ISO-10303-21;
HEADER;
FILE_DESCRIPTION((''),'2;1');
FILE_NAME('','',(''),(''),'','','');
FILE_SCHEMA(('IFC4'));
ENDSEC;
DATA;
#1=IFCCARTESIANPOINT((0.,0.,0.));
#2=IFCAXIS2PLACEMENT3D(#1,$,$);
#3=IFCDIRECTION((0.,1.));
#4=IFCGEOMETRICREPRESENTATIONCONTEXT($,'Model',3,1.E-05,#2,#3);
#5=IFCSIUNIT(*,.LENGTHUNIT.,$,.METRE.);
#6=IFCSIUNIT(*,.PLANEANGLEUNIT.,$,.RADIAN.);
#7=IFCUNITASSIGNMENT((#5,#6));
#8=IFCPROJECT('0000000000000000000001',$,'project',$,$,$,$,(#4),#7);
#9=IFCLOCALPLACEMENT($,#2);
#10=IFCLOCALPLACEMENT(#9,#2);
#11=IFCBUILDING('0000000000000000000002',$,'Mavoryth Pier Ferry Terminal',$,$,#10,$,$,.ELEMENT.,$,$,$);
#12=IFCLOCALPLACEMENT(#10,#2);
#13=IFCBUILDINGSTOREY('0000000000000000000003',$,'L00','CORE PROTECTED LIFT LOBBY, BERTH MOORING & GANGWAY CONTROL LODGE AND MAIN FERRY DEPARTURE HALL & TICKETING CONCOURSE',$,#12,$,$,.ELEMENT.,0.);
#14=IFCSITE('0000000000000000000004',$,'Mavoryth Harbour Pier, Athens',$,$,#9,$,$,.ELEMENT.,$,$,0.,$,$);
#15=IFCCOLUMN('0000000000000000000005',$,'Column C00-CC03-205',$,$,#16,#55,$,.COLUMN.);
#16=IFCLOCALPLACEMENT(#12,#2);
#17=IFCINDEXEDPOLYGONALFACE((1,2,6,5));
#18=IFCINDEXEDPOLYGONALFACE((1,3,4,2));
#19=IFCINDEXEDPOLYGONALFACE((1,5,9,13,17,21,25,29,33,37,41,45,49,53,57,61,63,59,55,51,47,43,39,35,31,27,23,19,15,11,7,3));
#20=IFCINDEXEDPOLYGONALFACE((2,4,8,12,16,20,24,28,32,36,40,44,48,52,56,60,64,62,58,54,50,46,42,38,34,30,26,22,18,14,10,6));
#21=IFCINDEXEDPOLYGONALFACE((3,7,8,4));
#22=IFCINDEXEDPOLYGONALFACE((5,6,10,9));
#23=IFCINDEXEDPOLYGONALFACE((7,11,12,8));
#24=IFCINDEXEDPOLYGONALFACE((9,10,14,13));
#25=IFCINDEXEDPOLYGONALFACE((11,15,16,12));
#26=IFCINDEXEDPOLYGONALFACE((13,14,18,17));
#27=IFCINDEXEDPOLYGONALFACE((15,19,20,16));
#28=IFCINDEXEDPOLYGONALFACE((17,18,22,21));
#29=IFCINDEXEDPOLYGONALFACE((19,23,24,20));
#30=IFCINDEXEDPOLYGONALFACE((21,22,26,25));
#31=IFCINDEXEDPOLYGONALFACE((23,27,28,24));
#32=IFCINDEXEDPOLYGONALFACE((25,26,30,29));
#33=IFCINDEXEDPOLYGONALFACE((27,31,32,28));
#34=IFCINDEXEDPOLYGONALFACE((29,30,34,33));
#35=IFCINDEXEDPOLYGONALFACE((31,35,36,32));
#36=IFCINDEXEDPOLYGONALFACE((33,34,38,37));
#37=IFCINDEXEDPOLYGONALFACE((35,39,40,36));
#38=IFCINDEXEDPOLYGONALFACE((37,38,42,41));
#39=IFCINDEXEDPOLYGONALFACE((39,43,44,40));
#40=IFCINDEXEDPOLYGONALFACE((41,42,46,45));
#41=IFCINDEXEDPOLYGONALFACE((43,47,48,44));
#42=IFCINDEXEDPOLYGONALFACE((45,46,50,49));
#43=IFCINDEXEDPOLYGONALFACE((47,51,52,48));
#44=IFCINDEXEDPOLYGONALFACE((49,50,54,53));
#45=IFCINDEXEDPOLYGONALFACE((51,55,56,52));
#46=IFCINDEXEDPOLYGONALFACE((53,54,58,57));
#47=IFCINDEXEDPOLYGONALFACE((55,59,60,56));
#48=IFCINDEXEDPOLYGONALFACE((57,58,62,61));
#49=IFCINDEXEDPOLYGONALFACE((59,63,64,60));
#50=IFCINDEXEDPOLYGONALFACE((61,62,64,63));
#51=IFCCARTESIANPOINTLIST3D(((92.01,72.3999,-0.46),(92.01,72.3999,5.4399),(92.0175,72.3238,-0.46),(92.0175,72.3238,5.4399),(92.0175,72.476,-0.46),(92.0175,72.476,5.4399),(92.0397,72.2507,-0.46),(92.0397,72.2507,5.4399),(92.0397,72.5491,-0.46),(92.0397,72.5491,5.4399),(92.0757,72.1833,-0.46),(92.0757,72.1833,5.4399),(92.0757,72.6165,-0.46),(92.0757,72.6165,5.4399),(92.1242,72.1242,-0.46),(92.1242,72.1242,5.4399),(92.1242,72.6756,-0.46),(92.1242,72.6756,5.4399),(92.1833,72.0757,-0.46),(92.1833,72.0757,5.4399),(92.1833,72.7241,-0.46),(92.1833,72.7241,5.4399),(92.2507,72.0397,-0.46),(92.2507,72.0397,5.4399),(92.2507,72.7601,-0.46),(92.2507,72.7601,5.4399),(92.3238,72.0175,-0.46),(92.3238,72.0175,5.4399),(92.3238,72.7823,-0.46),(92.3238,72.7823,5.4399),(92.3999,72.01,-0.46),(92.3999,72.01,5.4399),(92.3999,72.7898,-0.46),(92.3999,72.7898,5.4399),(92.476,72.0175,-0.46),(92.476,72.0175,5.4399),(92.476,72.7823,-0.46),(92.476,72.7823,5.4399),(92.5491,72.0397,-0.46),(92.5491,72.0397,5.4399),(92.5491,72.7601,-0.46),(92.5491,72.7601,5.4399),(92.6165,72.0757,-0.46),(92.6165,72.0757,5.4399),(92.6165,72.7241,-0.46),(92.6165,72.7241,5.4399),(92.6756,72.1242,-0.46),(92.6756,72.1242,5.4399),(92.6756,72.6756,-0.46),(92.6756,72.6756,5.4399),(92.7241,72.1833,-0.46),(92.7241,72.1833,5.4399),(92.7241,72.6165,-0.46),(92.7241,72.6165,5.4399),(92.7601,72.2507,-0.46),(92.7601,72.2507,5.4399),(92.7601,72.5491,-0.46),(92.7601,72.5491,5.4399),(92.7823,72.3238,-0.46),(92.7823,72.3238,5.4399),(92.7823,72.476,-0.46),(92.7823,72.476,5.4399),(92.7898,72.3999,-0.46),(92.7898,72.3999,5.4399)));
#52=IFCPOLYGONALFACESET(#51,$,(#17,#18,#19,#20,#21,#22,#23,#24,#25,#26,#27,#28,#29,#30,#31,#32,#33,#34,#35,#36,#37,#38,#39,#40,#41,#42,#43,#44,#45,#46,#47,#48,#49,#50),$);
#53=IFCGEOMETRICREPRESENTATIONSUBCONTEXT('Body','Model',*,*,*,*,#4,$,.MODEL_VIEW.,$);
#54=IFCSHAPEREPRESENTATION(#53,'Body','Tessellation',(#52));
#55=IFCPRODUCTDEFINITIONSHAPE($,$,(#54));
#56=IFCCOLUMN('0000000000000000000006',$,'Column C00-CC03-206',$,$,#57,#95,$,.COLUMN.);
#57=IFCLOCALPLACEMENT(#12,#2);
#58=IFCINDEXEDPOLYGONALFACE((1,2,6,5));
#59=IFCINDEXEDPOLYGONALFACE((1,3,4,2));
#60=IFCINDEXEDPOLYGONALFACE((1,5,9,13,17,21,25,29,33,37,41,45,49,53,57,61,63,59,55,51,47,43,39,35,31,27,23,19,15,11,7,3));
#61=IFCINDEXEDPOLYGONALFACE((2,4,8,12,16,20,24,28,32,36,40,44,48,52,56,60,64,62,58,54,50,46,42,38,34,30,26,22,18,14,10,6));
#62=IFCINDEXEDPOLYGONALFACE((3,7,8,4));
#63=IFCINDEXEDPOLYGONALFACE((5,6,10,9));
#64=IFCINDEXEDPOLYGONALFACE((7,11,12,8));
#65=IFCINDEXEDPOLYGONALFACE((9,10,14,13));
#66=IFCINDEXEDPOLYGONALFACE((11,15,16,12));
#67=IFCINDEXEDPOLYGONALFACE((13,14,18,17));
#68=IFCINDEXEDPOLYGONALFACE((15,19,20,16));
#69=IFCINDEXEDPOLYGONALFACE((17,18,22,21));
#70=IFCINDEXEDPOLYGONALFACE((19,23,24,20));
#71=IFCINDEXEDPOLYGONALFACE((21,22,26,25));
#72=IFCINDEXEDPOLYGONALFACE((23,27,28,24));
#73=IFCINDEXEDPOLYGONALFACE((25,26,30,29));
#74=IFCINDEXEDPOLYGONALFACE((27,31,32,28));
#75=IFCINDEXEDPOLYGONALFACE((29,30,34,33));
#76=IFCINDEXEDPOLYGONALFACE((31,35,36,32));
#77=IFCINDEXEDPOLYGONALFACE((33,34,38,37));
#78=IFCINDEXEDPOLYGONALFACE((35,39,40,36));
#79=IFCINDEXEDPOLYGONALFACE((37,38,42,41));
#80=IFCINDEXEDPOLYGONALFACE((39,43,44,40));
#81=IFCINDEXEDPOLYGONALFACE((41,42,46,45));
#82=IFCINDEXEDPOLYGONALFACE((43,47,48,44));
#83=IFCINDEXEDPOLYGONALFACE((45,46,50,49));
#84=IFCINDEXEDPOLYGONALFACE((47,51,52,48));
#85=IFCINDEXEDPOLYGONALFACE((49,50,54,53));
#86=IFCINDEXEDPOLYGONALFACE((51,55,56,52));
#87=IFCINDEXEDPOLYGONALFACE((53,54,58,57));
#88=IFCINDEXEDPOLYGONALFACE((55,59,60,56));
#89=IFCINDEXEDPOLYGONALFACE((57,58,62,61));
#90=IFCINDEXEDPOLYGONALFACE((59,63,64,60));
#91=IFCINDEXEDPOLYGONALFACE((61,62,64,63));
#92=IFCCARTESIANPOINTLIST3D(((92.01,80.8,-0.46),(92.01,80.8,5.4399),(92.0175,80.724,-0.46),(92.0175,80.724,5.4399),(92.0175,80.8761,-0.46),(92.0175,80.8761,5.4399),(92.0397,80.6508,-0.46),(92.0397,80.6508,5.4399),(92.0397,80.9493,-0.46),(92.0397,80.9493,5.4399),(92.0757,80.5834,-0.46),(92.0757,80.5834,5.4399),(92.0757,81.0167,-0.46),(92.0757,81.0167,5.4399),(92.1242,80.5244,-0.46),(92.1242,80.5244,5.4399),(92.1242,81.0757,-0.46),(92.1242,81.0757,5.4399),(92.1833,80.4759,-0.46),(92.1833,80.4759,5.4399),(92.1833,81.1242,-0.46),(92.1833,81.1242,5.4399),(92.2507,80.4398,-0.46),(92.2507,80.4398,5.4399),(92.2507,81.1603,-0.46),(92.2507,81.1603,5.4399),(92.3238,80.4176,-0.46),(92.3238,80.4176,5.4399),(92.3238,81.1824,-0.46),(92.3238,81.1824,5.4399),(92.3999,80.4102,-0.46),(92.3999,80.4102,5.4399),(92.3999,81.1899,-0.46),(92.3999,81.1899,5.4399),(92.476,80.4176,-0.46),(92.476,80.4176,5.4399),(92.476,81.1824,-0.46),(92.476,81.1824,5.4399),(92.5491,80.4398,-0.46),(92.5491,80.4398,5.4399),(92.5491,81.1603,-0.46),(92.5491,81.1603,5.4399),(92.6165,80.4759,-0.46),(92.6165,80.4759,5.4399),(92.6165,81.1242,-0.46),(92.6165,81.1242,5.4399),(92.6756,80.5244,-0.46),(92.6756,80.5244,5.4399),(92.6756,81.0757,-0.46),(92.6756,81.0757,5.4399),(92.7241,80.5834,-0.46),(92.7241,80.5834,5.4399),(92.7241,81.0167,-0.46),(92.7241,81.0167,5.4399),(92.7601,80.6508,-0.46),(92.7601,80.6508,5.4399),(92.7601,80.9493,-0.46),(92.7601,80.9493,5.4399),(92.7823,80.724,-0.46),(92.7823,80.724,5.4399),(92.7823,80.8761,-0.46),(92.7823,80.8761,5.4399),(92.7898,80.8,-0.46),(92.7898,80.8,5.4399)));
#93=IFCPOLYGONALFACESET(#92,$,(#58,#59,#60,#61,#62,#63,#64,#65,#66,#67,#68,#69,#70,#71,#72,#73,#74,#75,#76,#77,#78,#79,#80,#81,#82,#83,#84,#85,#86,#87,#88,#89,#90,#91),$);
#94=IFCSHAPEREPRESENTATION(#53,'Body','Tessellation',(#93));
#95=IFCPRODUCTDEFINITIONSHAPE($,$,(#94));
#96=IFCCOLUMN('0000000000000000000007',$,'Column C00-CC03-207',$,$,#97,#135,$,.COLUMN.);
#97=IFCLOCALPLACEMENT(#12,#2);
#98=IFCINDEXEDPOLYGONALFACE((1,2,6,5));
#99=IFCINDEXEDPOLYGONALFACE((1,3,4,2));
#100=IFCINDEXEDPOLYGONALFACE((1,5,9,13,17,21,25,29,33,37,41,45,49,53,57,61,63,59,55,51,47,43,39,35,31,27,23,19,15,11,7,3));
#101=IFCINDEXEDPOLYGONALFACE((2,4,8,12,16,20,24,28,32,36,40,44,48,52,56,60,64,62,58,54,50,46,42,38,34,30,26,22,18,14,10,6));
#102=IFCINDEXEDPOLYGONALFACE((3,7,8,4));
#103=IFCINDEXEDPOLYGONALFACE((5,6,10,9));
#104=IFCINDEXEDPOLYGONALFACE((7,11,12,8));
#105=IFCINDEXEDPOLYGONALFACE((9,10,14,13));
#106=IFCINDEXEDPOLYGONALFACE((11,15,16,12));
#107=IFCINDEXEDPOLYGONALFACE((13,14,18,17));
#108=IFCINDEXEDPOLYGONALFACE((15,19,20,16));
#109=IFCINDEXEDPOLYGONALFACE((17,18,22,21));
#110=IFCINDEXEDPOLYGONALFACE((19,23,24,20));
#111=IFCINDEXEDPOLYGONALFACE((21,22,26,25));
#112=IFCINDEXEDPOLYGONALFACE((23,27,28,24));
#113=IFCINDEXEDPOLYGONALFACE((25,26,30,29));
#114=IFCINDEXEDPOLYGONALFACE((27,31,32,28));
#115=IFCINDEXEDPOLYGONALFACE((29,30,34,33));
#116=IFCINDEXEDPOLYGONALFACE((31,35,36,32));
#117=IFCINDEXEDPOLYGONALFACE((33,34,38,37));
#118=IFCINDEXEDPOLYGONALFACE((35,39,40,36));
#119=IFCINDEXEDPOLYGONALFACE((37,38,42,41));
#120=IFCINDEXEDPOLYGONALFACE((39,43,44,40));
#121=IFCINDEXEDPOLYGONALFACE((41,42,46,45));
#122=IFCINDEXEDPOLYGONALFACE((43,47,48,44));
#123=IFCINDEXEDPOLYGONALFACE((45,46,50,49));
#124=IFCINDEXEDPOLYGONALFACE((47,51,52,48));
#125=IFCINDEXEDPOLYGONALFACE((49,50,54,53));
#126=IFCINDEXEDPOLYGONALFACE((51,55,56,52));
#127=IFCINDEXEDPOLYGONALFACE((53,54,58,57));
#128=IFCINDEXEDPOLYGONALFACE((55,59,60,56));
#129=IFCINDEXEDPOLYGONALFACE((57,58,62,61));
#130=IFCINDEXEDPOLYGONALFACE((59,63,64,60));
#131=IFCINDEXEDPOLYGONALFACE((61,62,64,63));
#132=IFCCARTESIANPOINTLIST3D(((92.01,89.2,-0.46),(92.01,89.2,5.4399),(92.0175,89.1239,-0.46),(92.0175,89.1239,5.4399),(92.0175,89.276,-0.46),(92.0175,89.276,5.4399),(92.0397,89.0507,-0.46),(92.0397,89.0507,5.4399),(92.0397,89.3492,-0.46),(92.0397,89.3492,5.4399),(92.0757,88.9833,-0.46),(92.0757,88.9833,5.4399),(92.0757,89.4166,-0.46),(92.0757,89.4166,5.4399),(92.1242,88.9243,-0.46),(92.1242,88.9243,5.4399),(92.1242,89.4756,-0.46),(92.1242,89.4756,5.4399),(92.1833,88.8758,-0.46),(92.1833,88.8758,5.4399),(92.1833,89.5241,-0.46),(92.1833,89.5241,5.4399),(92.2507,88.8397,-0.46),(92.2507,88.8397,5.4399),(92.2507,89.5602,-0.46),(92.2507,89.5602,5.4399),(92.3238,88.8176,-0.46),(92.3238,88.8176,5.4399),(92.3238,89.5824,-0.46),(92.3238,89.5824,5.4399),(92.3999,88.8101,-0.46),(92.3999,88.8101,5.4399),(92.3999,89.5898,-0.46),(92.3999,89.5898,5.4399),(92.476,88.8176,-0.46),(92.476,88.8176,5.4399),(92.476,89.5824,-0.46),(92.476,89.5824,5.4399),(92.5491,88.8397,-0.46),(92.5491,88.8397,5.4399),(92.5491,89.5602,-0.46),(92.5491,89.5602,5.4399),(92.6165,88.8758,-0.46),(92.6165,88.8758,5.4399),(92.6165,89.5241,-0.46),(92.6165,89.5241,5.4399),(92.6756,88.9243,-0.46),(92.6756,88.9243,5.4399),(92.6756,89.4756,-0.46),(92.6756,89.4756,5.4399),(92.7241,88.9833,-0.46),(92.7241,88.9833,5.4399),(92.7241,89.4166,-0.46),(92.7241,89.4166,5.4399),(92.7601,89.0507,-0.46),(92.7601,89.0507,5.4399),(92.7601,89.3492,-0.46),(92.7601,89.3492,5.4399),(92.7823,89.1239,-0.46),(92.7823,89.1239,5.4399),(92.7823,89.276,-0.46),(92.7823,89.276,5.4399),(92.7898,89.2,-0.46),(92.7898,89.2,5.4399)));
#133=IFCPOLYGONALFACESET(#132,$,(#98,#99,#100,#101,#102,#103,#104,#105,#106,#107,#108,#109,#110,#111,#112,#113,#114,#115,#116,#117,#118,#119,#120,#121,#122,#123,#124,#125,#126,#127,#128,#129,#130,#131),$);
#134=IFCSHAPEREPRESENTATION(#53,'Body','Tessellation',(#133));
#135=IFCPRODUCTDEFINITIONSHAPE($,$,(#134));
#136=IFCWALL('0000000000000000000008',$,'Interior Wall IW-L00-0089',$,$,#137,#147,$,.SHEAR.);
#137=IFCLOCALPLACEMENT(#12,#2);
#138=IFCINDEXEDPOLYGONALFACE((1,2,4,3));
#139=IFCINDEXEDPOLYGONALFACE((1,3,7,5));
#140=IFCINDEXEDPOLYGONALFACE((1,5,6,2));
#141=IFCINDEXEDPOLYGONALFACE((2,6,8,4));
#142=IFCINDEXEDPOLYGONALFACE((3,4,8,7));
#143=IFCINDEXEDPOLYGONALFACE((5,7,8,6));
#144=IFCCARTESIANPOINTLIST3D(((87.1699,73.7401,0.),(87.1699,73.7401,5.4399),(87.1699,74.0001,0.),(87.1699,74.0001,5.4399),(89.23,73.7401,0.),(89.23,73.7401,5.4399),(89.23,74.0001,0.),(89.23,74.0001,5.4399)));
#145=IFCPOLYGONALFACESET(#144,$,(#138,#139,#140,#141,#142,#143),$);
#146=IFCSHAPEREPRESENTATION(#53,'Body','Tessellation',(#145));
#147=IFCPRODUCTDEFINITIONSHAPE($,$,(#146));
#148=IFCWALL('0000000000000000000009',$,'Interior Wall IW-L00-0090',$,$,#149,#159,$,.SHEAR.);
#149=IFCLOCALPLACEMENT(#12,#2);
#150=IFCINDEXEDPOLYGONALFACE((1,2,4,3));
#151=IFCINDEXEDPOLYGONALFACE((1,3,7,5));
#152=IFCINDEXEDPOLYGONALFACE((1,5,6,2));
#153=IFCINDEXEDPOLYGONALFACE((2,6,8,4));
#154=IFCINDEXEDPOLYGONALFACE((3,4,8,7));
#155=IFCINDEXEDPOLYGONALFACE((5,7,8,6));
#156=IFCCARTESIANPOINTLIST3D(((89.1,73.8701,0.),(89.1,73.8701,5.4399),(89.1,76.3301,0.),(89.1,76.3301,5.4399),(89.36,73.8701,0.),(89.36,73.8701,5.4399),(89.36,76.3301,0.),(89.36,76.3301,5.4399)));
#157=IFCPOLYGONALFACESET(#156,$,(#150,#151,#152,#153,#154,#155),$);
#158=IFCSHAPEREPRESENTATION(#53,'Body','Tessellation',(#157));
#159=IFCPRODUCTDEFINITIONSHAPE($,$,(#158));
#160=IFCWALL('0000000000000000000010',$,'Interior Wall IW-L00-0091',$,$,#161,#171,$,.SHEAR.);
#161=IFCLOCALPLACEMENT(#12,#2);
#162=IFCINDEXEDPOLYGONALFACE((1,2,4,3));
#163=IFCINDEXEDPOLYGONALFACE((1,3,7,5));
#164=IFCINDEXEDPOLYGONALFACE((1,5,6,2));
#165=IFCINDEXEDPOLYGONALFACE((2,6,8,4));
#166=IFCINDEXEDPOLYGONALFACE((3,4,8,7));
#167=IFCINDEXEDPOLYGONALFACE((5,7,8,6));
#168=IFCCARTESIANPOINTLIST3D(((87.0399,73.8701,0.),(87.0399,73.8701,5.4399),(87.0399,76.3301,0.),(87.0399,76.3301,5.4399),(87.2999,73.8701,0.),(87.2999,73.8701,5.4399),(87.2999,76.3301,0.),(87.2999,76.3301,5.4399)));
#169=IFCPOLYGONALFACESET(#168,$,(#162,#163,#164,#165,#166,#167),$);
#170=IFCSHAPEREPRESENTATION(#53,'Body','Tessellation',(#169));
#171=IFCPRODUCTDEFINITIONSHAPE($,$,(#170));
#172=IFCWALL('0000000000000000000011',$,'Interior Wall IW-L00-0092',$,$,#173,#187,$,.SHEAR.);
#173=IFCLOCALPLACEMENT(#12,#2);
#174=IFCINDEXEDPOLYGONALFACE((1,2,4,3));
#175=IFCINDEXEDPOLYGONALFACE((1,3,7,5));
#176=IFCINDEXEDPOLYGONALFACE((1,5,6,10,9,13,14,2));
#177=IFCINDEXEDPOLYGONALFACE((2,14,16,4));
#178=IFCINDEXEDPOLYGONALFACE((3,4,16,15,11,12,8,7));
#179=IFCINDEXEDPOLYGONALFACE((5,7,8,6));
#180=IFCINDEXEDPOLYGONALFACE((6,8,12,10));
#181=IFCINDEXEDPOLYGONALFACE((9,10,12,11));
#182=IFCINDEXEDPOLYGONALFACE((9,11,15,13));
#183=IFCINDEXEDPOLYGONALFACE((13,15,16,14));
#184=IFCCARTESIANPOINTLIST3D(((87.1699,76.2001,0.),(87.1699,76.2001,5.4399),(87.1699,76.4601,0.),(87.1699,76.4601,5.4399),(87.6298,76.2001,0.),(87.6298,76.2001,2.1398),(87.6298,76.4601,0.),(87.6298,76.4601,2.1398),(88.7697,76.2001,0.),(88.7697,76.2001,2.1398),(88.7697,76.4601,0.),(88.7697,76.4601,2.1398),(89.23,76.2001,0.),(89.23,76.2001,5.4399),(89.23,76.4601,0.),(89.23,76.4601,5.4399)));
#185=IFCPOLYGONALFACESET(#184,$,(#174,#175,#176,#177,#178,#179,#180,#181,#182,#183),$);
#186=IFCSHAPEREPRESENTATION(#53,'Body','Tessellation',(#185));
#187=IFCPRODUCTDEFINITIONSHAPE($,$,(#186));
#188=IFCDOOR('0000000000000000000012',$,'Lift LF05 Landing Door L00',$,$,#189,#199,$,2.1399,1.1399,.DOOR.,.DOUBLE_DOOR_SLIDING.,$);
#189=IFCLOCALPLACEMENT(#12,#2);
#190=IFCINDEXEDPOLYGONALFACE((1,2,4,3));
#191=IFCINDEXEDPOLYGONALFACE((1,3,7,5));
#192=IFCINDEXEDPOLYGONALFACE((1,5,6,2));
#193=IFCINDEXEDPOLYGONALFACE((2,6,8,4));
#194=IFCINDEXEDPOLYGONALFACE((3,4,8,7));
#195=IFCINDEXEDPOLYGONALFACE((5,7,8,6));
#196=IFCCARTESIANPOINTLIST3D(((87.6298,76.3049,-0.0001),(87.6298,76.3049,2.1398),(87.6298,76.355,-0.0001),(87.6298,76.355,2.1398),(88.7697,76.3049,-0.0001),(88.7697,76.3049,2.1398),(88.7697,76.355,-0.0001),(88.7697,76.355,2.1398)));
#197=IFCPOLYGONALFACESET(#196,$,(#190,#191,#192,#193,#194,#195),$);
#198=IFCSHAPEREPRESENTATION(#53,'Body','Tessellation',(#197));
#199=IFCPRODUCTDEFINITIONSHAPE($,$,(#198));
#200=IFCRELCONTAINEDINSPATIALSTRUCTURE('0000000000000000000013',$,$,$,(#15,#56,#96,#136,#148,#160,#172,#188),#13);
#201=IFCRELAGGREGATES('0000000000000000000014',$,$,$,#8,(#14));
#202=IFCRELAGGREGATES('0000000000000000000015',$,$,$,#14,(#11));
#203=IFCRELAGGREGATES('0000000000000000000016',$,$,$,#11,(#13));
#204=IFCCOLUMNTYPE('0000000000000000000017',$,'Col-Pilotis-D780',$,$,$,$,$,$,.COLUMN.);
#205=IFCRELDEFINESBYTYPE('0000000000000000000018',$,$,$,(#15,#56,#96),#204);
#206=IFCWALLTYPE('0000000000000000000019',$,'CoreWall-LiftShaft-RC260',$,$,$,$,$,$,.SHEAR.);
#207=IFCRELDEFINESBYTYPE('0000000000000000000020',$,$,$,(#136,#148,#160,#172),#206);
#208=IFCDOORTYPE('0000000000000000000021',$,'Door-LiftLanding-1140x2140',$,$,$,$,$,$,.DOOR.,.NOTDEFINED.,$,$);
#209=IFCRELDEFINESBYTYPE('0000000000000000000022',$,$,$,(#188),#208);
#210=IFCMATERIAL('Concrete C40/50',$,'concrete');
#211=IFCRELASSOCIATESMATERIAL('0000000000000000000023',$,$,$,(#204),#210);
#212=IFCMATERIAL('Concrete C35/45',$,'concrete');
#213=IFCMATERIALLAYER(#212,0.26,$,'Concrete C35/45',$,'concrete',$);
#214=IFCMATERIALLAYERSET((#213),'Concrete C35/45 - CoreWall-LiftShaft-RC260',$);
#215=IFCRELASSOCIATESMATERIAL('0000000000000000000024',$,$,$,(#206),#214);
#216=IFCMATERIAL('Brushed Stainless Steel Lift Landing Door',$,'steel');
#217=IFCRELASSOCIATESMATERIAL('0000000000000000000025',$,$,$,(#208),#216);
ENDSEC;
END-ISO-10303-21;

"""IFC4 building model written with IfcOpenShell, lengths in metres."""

from ifc_helpers import new_model, si_unit, direction, frame, frame_2d, origin, origin_2d, place, context, subcontext, project, spatial, rectangle, circle, extrude, material, layer, layer_set, material_profile, profile_set, type_object, element, fill, save


model = new_model("IFC4")

# Units and contexts
model_context = context("Model", 3, precision=1e-05, world=origin(), true_north=direction((0.0, 1.0)))
body_context = subcontext(model_context, "Body", "Model", "MODEL_VIEW")
ifc_project = project(units=[si_unit("LENGTHUNIT", "METRE"), si_unit("PLANEANGLEUNIT", "RADIAN")], contexts=[model_context])

# Site, building, storey
site_placement = place(None, origin())
site = spatial("IfcSite", under=ifc_project, at=site_placement, Name="Mavoryth Harbour Pier, Athens", CompositionType="ELEMENT", RefElevation=0.0)
building_placement = place(site_placement, origin())
building = spatial("IfcBuilding", under=site, at=building_placement, Name="Mavoryth Pier Ferry Terminal", CompositionType="ELEMENT")
storey_placement = place(building_placement, origin())
storey = spatial("IfcBuildingStorey", under=building, at=storey_placement, Name="L00", Description="CORE PROTECTED LIFT LOBBY, BERTH MOORING & GANGWAY CONTROL LODGE AND MAIN FERRY DEPARTURE HALL & TICKETING CONCOURSE", CompositionType="ELEMENT", Elevation=0.0)

# Shared definitions
ifc_material_1 = material(Name="Concrete C35/45", Category="concrete")

# Columns
ifc_material_2 = material(Name="Concrete C40/50", Category="concrete")
ifc_material_profile_1 = material_profile(ifc_material_2, circle(Radius=0.3899, at=origin_2d()), Name="RC D780", Category="concrete")
ifc_profile_set_1 = profile_set([ifc_material_profile_1], Name="Concrete C40/50 - RC D780")
column_type = type_object("IfcColumnType", Name="Col-Pilotis-D780", PredefinedType="COLUMN", material=ifc_profile_set_1)
for number, where, z_axis, x_axis, name in (
    (1, (92.3999, 72.3999, -0.46), (0.0, 0.0, 1.0), (1.0, 0.0, 0.0), "Column C00-CC03-205"),
    (2, (92.3999, 80.8, -0.46), (0.0, 0.0, 1.0), (1.0, 0.0, 0.0), "Column C00-CC03-206"),
    (3, (92.3999, 89.2, -0.46), (0.0, 0.0, 1.0), (1.0, 0.0, 0.0), "Column C00-CC03-207"),
):
    element("IfcColumn", number, at=place(storey_placement, frame(where, z_axis=z_axis, x_axis=x_axis)), inside=storey, type_object=column_type, Name=name, PredefinedType="COLUMN", context=body_context, shape_type="SweptSolid", body=[
        extrude(circle(Radius=0.3899, at=origin_2d()), origin(), (0.0, 0.0, 1.0), 5.8999),
    ])

# Walls
ifc_layer_1 = layer(ifc_material_1, 0.26, Name="Concrete C35/45", Category="concrete")
ifc_layer_set_1 = layer_set([ifc_layer_1], Name="Concrete C35/45 - CoreWall-LiftShaft-RC260")
wall_type_1 = type_object("IfcWallType", Name="CoreWall-LiftShaft-RC260", PredefinedType="SHEAR", material=ifc_layer_set_1)
wall_1_placement = place(storey_placement, frame((87.1699, 73.8701, 0.0), z_axis=(0.0, 0.0, 1.0), x_axis=(1.0, 0.0, 0.0)))
element("IfcWall", 4, at=wall_1_placement, inside=storey, type_object=wall_type_1, Name="Interior Wall IW-L00-0089", PredefinedType="SHEAR", context=body_context, shape_type="SweptSolid", body=[
    extrude(rectangle(XDim=2.0601, YDim=0.26, at=frame_2d((1.03, 0.0))), origin(), (0.0, 0.0, 1.0), 5.4399),
])
for number, where, z_axis, x_axis, name in (
    (5, (89.23, 73.8701, 0.0), (0.0, 0.0, 1.0), (0.0, 1.0, 0.0), "Interior Wall IW-L00-0090"),
    (6, (87.1699, 76.3301, 0.0), (0.0, 0.0, 1.0), (0.0, -1.0, 0.0), "Interior Wall IW-L00-0091"),
):
    element("IfcWall", number, at=place(storey_placement, frame(where, z_axis=z_axis, x_axis=x_axis)), inside=storey, type_object=wall_type_1, Name=name, PredefinedType="SHEAR", context=body_context, shape_type="SweptSolid", body=[
        extrude(rectangle(XDim=2.46, YDim=0.26, at=frame_2d((1.23, 0.0))), origin(), (0.0, 0.0, 1.0), 5.4399),
    ])

# Wall, opening, door
wall_2_placement = place(storey_placement, frame((87.1699, 76.3301, 0.0), z_axis=(0.0, 0.0, 1.0), x_axis=(1.0, 0.0, 0.0)))
wall_2 = element("IfcWall", 7, at=wall_2_placement, inside=storey, type_object=wall_type_1, Name="Interior Wall IW-L00-0092", PredefinedType="SHEAR", context=body_context, shape_type="SweptSolid", body=[
    extrude(rectangle(XDim=2.0601, YDim=0.26, at=frame_2d((1.03, 0.0))), origin(), (0.0, 0.0, 1.0), 5.4399),
])
opening_1_placement = place(wall_2_placement, frame((0.46, 0.0, 0.0)))
opening_1 = element("IfcOpeningElement", 8, at=opening_1_placement, cuts=wall_2, PredefinedType="OPENING", context=body_context, shape_type="SweptSolid", body=[
    extrude(rectangle(XDim=1.1399, YDim=2.1399, at=frame_2d((0.5698, 1.0698))), frame((0.0, 0.1399, 0.0), z_axis=(0.0, -1.0, 0.0), x_axis=(1.0, 0.0, 0.0)), (0.0, 0.0, 1.0), 0.28),
])
ifc_material_3 = material(Name="Brushed Stainless Steel Lift Landing Door", Category="steel")
door_type_1 = type_object("IfcDoorType", Name="Door-LiftLanding-1140x2140", OperationType="NOTDEFINED", PredefinedType="DOOR", material=ifc_material_3)
door_1_placement = place(opening_1_placement, origin())
door_1 = element("IfcDoor", 9, at=door_1_placement, inside=storey, type_object=door_type_1, Name="Lift LF05 Landing Door L00", OperationType="DOUBLE_DOOR_SLIDING", OverallHeight=2.1399, OverallWidth=1.1399, PredefinedType="DOOR", context=body_context, shape_type="SweptSolid", body=[
    extrude(rectangle(XDim=1.1399, YDim=2.1399, at=frame_2d((0.5698, 1.0698))), frame((0.0, 0.0249, 0.0), z_axis=(0.0, -1.0, 0.0), x_axis=(1.0, 0.0, 0.0)), (0.0, 0.0, 1.0), 0.05),
])
fill(opening_1, door_1)

save(model, "model.ifc")
